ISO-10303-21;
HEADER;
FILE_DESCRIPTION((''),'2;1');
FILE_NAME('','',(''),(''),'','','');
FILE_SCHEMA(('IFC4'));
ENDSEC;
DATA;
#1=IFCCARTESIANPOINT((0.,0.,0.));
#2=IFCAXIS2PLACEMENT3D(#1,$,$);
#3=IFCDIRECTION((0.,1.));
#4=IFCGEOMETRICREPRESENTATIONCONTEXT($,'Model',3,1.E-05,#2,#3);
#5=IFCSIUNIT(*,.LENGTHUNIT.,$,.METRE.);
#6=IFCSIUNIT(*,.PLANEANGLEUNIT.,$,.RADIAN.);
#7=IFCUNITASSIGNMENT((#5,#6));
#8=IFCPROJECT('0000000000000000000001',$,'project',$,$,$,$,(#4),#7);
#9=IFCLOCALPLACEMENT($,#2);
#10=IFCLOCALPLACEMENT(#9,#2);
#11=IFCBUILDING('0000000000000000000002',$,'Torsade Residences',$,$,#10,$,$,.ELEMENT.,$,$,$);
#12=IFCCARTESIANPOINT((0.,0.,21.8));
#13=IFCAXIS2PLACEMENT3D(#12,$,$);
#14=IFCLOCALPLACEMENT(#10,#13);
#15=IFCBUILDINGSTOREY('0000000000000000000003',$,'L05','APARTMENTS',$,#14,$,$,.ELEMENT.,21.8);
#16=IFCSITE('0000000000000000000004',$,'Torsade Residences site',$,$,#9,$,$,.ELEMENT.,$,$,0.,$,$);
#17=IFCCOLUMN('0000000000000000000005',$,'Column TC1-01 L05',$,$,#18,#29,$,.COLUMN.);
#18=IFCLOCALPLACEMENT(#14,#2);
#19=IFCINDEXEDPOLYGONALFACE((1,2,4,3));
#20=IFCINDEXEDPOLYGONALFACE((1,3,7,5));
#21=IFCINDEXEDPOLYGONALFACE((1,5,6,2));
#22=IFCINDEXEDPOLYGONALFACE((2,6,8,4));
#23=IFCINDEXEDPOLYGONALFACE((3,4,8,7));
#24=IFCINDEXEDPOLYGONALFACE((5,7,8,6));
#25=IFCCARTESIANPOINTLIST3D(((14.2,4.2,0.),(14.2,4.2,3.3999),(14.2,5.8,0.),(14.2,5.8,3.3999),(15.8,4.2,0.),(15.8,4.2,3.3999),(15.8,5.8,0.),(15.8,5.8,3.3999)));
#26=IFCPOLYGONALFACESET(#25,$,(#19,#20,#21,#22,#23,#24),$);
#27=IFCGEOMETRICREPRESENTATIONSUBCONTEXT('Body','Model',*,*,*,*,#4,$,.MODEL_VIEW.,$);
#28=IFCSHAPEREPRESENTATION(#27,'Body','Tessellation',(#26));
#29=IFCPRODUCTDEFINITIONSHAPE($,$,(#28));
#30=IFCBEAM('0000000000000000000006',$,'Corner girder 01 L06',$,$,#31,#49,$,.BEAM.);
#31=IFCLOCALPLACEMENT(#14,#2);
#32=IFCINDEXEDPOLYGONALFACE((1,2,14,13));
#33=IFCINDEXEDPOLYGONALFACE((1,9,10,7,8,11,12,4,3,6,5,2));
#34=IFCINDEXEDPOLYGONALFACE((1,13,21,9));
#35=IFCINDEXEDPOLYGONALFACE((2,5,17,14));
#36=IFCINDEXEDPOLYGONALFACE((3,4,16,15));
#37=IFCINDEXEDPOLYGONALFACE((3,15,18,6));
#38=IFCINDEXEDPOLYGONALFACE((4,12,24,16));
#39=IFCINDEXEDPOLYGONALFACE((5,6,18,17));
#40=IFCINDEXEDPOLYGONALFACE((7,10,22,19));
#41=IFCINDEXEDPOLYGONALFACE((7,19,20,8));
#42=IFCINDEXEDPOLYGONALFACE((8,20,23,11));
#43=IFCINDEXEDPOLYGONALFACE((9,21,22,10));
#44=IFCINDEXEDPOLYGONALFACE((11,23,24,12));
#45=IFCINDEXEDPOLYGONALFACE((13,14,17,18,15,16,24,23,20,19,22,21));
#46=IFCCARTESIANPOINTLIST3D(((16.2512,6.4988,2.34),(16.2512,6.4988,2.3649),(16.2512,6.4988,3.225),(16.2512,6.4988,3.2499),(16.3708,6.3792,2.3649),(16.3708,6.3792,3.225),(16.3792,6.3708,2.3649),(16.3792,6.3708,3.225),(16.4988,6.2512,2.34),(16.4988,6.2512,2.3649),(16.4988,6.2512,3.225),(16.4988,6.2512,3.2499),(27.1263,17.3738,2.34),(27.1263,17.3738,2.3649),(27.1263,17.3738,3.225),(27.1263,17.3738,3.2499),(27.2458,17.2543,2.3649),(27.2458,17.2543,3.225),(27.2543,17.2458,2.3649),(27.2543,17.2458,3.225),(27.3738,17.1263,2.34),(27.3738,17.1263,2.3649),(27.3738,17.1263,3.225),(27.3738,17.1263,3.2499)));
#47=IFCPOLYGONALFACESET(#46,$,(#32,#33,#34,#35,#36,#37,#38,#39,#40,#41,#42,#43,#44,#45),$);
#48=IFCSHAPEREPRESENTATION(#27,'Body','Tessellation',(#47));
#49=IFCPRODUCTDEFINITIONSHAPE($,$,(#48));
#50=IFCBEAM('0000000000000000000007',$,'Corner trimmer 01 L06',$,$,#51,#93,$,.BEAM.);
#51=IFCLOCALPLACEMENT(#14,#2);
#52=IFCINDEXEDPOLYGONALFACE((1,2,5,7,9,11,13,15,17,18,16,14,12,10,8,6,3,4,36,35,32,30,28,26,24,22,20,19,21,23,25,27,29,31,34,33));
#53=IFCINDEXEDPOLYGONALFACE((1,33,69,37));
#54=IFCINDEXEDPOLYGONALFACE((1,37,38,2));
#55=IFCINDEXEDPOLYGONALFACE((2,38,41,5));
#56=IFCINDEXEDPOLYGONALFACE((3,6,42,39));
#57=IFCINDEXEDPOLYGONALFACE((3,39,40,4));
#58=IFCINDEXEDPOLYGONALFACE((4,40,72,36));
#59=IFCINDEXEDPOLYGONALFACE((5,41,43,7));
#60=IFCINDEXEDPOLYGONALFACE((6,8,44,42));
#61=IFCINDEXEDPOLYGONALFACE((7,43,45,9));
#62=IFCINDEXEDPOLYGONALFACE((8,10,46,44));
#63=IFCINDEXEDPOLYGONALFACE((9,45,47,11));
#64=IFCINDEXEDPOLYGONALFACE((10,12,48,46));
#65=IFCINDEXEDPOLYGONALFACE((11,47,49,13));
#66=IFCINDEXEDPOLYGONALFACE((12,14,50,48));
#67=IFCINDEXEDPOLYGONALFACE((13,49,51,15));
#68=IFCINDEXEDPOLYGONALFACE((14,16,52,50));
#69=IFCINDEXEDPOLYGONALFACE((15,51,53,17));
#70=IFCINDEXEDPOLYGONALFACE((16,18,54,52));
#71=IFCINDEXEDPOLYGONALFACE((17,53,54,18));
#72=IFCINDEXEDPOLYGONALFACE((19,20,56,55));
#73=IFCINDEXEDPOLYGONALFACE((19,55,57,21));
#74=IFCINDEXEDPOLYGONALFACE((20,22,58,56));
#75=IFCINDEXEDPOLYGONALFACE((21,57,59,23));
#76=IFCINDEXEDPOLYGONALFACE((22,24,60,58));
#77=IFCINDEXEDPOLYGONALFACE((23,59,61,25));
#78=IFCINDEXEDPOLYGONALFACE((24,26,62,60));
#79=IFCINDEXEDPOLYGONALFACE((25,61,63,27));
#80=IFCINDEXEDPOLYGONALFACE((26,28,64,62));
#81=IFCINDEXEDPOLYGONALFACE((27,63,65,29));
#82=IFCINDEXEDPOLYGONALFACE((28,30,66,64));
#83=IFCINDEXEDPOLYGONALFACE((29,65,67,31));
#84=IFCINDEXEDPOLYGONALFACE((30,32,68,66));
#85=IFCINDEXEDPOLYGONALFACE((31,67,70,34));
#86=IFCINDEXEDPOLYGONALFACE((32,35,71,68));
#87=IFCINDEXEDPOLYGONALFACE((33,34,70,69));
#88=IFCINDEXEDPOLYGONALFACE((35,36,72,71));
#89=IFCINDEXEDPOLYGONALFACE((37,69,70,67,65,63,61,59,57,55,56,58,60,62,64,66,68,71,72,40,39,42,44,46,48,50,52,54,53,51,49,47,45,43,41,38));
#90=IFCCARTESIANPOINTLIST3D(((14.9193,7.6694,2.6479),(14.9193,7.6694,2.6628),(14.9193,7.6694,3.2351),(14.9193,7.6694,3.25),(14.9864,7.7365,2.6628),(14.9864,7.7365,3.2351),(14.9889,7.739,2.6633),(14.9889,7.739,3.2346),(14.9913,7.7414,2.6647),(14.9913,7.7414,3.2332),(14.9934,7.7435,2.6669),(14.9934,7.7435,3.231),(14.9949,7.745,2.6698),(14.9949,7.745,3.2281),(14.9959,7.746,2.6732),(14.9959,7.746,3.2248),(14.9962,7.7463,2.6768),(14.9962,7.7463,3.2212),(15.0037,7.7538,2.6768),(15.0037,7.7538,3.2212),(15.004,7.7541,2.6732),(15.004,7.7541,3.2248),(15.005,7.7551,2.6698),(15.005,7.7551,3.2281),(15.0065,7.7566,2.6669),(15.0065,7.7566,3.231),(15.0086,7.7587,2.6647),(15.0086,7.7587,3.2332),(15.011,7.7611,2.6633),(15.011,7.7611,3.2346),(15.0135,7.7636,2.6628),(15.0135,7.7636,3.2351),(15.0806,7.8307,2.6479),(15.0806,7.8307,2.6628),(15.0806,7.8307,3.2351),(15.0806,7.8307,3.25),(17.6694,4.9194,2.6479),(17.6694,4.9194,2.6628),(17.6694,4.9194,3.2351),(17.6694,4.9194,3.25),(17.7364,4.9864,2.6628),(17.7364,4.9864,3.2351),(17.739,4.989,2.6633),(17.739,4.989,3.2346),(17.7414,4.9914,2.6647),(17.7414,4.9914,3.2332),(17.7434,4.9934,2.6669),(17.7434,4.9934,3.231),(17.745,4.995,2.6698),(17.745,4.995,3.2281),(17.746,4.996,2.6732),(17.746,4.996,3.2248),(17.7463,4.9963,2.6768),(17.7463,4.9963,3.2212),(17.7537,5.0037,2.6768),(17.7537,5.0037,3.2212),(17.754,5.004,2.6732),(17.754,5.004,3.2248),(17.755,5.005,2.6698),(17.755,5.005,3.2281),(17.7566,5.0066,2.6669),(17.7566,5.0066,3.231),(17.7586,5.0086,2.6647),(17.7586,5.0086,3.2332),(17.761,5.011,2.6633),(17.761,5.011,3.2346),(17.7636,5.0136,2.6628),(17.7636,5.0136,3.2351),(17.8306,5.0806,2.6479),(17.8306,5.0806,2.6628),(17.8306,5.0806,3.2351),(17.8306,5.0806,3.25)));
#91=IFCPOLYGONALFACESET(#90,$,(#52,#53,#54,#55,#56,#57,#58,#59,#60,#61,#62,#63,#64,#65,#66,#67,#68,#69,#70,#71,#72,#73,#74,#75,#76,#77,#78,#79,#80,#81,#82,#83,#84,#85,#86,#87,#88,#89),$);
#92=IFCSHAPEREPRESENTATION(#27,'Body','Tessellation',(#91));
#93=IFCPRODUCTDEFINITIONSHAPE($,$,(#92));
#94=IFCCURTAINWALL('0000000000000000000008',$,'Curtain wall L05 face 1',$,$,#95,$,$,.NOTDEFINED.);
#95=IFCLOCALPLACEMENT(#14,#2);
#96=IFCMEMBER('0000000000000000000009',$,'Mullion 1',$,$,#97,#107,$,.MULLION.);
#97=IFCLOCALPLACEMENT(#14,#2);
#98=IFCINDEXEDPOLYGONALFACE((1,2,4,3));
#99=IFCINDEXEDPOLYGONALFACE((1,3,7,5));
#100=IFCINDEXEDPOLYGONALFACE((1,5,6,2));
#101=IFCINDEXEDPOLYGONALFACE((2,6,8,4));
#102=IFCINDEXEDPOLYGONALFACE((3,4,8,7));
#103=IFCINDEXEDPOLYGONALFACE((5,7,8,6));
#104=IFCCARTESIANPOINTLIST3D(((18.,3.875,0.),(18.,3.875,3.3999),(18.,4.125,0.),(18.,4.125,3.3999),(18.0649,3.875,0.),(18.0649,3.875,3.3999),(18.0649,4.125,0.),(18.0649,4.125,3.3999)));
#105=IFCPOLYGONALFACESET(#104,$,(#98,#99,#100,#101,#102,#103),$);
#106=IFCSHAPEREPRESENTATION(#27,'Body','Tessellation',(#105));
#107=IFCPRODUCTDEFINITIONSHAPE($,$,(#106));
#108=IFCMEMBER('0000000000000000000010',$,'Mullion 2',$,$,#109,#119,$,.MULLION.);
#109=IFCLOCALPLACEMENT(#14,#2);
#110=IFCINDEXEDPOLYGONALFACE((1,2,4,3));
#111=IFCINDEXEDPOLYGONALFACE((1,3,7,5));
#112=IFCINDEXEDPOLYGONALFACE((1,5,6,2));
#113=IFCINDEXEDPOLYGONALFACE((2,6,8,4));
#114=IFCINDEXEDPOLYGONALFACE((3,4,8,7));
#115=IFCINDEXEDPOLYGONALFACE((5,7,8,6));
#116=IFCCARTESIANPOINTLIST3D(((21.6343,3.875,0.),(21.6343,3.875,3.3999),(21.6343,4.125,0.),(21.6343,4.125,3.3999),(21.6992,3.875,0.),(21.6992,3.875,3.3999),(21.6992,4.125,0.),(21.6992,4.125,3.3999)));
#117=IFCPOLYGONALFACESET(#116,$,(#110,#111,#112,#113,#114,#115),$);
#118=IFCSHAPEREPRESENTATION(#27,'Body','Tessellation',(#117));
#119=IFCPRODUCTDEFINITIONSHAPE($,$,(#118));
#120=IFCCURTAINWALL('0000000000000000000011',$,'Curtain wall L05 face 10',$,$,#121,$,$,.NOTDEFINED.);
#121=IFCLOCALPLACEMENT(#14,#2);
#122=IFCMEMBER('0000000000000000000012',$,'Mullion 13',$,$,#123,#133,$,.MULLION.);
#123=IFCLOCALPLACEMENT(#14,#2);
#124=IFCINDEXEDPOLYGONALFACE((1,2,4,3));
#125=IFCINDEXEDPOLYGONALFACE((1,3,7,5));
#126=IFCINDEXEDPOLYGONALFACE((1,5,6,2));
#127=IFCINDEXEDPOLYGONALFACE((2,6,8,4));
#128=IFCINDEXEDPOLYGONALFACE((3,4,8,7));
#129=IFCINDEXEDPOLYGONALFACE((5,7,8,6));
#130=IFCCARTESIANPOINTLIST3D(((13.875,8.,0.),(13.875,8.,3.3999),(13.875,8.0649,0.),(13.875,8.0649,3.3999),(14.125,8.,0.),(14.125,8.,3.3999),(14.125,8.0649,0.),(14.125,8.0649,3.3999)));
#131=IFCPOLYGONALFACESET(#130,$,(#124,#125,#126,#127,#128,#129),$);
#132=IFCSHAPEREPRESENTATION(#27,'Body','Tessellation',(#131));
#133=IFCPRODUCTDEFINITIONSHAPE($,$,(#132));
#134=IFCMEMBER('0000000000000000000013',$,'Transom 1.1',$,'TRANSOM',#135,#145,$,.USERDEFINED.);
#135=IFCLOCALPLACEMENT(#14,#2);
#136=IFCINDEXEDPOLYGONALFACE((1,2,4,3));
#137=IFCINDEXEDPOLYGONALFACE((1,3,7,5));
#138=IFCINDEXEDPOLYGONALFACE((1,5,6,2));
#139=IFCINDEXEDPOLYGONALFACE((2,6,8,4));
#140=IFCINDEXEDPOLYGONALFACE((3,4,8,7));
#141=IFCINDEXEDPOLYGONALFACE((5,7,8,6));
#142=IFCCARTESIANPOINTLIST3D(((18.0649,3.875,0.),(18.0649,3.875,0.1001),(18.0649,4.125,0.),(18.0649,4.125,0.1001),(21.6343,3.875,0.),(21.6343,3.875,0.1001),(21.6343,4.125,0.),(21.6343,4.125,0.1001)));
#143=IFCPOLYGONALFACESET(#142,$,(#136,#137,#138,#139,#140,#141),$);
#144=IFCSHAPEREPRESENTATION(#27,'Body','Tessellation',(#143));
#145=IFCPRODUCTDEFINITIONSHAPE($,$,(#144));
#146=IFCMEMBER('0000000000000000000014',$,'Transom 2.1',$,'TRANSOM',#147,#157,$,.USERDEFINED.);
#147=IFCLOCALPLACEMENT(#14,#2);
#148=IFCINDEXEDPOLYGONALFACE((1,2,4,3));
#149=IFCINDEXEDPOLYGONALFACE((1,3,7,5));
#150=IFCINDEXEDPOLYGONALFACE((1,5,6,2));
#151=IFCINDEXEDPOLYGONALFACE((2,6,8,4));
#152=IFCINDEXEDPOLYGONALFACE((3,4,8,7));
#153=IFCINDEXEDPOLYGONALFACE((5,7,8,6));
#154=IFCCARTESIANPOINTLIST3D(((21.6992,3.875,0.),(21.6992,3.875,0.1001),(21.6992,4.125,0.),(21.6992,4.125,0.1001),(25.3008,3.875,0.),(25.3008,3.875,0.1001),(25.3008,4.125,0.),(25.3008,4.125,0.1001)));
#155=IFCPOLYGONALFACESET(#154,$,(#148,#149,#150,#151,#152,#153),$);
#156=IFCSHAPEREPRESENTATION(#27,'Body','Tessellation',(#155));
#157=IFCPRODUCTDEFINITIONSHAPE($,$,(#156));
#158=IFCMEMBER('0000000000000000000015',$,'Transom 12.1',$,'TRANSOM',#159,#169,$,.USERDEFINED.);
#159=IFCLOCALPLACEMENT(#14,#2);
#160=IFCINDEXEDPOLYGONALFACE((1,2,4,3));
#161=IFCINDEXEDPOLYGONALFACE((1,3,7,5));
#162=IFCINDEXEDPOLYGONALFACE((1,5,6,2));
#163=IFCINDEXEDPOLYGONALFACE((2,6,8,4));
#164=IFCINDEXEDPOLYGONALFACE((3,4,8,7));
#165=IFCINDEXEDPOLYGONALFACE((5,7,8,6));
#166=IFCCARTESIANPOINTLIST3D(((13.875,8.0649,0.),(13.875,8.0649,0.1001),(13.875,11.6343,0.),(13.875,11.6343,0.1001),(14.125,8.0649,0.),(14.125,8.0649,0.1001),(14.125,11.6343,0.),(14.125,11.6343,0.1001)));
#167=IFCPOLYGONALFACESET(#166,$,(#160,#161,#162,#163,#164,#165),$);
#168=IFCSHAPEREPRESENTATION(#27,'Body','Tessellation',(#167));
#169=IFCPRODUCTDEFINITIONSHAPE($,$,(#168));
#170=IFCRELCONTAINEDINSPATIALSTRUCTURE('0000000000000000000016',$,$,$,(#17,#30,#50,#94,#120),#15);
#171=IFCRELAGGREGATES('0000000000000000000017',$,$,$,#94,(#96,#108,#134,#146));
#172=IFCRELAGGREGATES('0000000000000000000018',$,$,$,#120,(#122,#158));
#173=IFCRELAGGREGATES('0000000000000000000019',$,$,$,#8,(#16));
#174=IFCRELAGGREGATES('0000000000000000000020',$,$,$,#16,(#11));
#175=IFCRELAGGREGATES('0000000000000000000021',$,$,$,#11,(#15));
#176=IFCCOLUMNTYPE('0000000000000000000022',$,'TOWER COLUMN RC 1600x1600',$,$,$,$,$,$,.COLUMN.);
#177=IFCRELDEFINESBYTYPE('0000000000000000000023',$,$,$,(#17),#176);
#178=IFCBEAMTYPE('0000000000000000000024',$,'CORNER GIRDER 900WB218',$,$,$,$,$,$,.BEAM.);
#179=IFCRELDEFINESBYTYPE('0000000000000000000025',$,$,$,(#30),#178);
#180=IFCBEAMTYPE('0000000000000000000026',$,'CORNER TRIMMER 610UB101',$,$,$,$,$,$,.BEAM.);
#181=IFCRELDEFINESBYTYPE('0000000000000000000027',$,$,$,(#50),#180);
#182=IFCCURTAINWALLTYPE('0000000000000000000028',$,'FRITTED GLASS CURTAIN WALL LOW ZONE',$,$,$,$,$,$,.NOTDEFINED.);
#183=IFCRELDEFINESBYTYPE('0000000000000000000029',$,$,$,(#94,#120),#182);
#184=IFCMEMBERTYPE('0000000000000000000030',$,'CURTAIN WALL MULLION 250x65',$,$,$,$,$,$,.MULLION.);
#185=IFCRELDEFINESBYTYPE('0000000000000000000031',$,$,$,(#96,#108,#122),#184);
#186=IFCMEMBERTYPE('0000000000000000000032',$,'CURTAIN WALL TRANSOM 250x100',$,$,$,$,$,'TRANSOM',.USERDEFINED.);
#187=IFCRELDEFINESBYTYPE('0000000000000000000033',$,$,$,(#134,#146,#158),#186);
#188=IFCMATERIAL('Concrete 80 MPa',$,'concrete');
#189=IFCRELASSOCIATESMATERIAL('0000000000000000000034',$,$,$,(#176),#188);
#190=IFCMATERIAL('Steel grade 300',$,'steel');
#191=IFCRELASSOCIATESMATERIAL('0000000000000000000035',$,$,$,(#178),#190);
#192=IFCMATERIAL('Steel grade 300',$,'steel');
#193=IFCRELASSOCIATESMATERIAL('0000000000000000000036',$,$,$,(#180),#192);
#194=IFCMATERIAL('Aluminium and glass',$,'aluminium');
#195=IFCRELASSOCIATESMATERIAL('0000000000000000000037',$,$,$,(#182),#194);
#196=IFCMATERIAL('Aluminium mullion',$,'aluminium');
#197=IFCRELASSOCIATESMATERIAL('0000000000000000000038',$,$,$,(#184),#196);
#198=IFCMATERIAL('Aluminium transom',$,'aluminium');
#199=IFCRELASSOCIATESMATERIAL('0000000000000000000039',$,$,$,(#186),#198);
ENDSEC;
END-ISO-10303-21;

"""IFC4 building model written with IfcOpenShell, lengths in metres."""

from ifc_helpers import new_model, si_unit, direction, frame, origin, origin_2d, place, context, subcontext, project, spatial, rectangle, i_section, extrude, material, material_profile, profile_set, type_object, element, aggregate, save


model = new_model("IFC4")

# Units and contexts
model_context = context("Model", 3, precision=1e-05, world=origin(), true_north=direction((0.0, 1.0)))
body_context = subcontext(model_context, "Body", "Model", "MODEL_VIEW")
ifc_project = project(units=[si_unit("LENGTHUNIT", "METRE"), si_unit("PLANEANGLEUNIT", "RADIAN")], contexts=[model_context])

# Site, building, storey
site_placement = place(None, origin())
site = spatial("IfcSite", under=ifc_project, at=site_placement, Name="Torsade Residences site", CompositionType="ELEMENT", RefElevation=0.0)
building_placement = place(site_placement, origin())
building = spatial("IfcBuilding", under=site, at=building_placement, Name="Torsade Residences", CompositionType="ELEMENT")
storey_placement = place(building_placement, frame((0.0, 0.0, 21.8)))
storey = spatial("IfcBuildingStorey", under=building, at=storey_placement, Name="L05", Description="APARTMENTS", CompositionType="ELEMENT", Elevation=21.8)

# Column
ifc_material_1 = material(Name="Concrete 80 MPa", Category="concrete")
ifc_material_profile_1 = material_profile(ifc_material_1, rectangle(XDim=1.6001, YDim=1.6001, at=origin_2d()), Name="RC 1600x1600")
ifc_profile_set_1 = profile_set([ifc_material_profile_1], Name="Concrete 80 MPa")
column_type = type_object("IfcColumnType", Name="TOWER COLUMN RC 1600x1600", PredefinedType="COLUMN", material=ifc_profile_set_1)
column_placement = place(storey_placement, frame((15.0, 5.0, 0.0), z_axis=(0.0, 0.0, 1.0), x_axis=(1.0, 0.0, 0.0)))
element("IfcColumn", 1, at=column_placement, inside=storey, type_object=column_type, Name="Column TC1-01 L05", PredefinedType="COLUMN", context=body_context, shape_type="SweptSolid", body=[
    extrude(rectangle(XDim=1.6001, YDim=1.6001, at=origin_2d()), origin(), (0.0, 0.0, 1.0), 3.3999),
])

# Beams
ifc_material_2 = material(Name="Steel grade 300", Category="steel")
ifc_material_profile_2 = material_profile(ifc_material_2, i_section(OverallWidth=0.3501, OverallDepth=0.9099, WebThickness=0.012, FlangeThickness=0.0249, at=origin_2d()), Name="900WB218")
ifc_profile_set_2 = profile_set([ifc_material_profile_2], Name="Steel grade 300")
beam_type_1 = type_object("IfcBeamType", Name="CORNER GIRDER 900WB218", PredefinedType="BEAM", material=ifc_profile_set_2)
beam_1_placement = place(storey_placement, frame((16.375, 6.375, 2.7949), z_axis=(0.707107, 0.707107, 0.0), x_axis=(-0.707107, 0.707107, 0.0)))
element("IfcBeam", 2, at=beam_1_placement, inside=storey, type_object=beam_type_1, Name="Corner girder 01 L06", PredefinedType="BEAM", context=body_context, shape_type="SweptSolid", body=[
    extrude(i_section(OverallWidth=0.3501, OverallDepth=0.9099, WebThickness=0.012, FlangeThickness=0.0249, at=origin_2d()), origin(), (0.0, 0.0, 1.0), 15.3796),
])
ifc_material_3 = material(Name="Steel grade 300", Category="steel")
ifc_material_profile_3 = material_profile(ifc_material_3, i_section(OverallWidth=0.228, OverallDepth=0.6021, WebThickness=0.0105, FlangeThickness=0.0149, FilletRadius=0.0139, at=origin_2d()), Name="610UB101")
ifc_profile_set_3 = profile_set([ifc_material_profile_3], Name="Steel grade 300")
beam_type_2 = type_object("IfcBeamType", Name="CORNER TRIMMER 610UB101", PredefinedType="BEAM", material=ifc_profile_set_3)
beam_2_placement = place(storey_placement, frame((17.75, 5.0, 2.949), z_axis=(-0.707107, 0.707107, 0.0), x_axis=(-0.707107, -0.707107, 0.0)))
element("IfcBeam", 3, at=beam_2_placement, inside=storey, type_object=beam_type_2, Name="Corner trimmer 01 L06", PredefinedType="BEAM", context=body_context, shape_type="SweptSolid", body=[
    extrude(i_section(OverallWidth=0.228, OverallDepth=0.6021, WebThickness=0.0105, FlangeThickness=0.0149, FilletRadius=0.0139, at=origin_2d()), origin(), (0.0, 0.0, 1.0), 3.8892),
])

# Curtain wall, members
ifc_material_4 = material(Name="Aluminium and glass", Category="aluminium")
curtain_wall_type = type_object("IfcCurtainWallType", Name="FRITTED GLASS CURTAIN WALL LOW ZONE", PredefinedType="NOTDEFINED", material=ifc_material_4)
curtain_wall_1_placement = place(storey_placement, origin())
curtain_wall_1 = element("IfcCurtainWall", 4, at=curtain_wall_1_placement, inside=storey, type_object=curtain_wall_type, Name="Curtain wall L05 face 1", PredefinedType="NOTDEFINED")
ifc_material_5 = material(Name="Aluminium mullion", Category="aluminium")
ifc_material_profile_4 = material_profile(ifc_material_5, rectangle(XDim=0.25, YDim=0.0649, at=origin_2d()), Name="CURTAIN WALL MULLION 250x65")
ifc_profile_set_4 = profile_set([ifc_material_profile_4], Name="Aluminium mullion")
member_type_1 = type_object("IfcMemberType", Name="CURTAIN WALL MULLION 250x65", PredefinedType="MULLION", material=ifc_profile_set_4)
member_1_placement = place(storey_placement, frame((18.0325, 4.0, 0.0), z_axis=(0.0, 0.0, 1.0), x_axis=(0.0, 1.0, 0.0)))
member_1 = element("IfcMember", 5, at=member_1_placement, type_object=member_type_1, Name="Mullion 1", PredefinedType="MULLION", context=body_context, shape_type="SweptSolid", body=[
    extrude(rectangle(XDim=0.25, YDim=0.0649, at=origin_2d()), origin(), (0.0, 0.0, 1.0), 3.3999),
])
member_2_placement = place(storey_placement, frame((21.6667, 4.0, 0.0), z_axis=(0.0, 0.0, 1.0), x_axis=(0.0, 1.0, 0.0)))
member_2 = element("IfcMember", 6, at=member_2_placement, type_object=member_type_1, Name="Mullion 2", PredefinedType="MULLION", context=body_context, shape_type="SweptSolid", body=[
    extrude(rectangle(XDim=0.25, YDim=0.0649, at=origin_2d()), origin(), (0.0, 0.0, 1.0), 3.3999),
])

# Curtain wall, member
curtain_wall_2_placement = place(storey_placement, origin())
curtain_wall_2 = element("IfcCurtainWall", 7, at=curtain_wall_2_placement, inside=storey, type_object=curtain_wall_type, Name="Curtain wall L05 face 10", PredefinedType="NOTDEFINED")
member_3_placement = place(storey_placement, frame((14.0, 8.0325, 0.0), z_axis=(0.0, 0.0, 1.0), x_axis=(1.0, 0.0, 0.0)))
member_3 = element("IfcMember", 8, at=member_3_placement, type_object=member_type_1, Name="Mullion 13", PredefinedType="MULLION", context=body_context, shape_type="SweptSolid", body=[
    extrude(rectangle(XDim=0.25, YDim=0.0649, at=origin_2d()), origin(), (0.0, 0.0, 1.0), 3.3999),
])

# Members
ifc_material_6 = material(Name="Aluminium transom", Category="aluminium")
ifc_material_profile_5 = material_profile(ifc_material_6, rectangle(XDim=0.25, YDim=0.1001, at=origin_2d()), Name="CURTAIN WALL TRANSOM 250x100")
ifc_profile_set_5 = profile_set([ifc_material_profile_5], Name="Aluminium transom")
member_type_2 = type_object("IfcMemberType", Name="CURTAIN WALL TRANSOM 250x100", ElementType="TRANSOM", PredefinedType="USERDEFINED", material=ifc_profile_set_5)
member_4_placement = place(storey_placement, frame((18.0649, 4.0, 0.05), z_axis=(1.0, 0.0, 0.0), x_axis=(0.0, 1.0, 0.0)))
member_4 = element("IfcMember", 9, at=member_4_placement, type_object=member_type_2, Name="Transom 1.1", ObjectType="TRANSOM", PredefinedType="USERDEFINED", context=body_context, shape_type="SweptSolid", body=[
    extrude(rectangle(XDim=0.25, YDim=0.1001, at=origin_2d()), origin(), (0.0, 0.0, 1.0), 3.5693),
])
member_5_placement = place(storey_placement, frame((21.6992, 4.0, 0.05), z_axis=(1.0, 0.0, 0.0), x_axis=(0.0, 1.0, 0.0)))
member_5 = element("IfcMember", 10, at=member_5_placement, type_object=member_type_2, Name="Transom 2.1", ObjectType="TRANSOM", PredefinedType="USERDEFINED", context=body_context, shape_type="SweptSolid", body=[
    extrude(rectangle(XDim=0.25, YDim=0.1001, at=origin_2d()), origin(), (0.0, 0.0, 1.0), 3.6016),
])
member_6_placement = place(storey_placement, frame((14.0, 11.6343, 0.05), z_axis=(0.0, -1.0, 0.0), x_axis=(1.0, 0.0, 0.0)))
member_6 = element("IfcMember", 11, at=member_6_placement, type_object=member_type_2, Name="Transom 12.1", ObjectType="TRANSOM", PredefinedType="USERDEFINED", context=body_context, shape_type="SweptSolid", body=[
    extrude(rectangle(XDim=0.25, YDim=0.1001, at=origin_2d()), origin(), (0.0, 0.0, 1.0), 3.5693),
])

aggregate(curtain_wall_1, [member_1, member_2, member_4, member_5])
aggregate(curtain_wall_2, [member_3, member_6])

save(model, "model.ifc")
